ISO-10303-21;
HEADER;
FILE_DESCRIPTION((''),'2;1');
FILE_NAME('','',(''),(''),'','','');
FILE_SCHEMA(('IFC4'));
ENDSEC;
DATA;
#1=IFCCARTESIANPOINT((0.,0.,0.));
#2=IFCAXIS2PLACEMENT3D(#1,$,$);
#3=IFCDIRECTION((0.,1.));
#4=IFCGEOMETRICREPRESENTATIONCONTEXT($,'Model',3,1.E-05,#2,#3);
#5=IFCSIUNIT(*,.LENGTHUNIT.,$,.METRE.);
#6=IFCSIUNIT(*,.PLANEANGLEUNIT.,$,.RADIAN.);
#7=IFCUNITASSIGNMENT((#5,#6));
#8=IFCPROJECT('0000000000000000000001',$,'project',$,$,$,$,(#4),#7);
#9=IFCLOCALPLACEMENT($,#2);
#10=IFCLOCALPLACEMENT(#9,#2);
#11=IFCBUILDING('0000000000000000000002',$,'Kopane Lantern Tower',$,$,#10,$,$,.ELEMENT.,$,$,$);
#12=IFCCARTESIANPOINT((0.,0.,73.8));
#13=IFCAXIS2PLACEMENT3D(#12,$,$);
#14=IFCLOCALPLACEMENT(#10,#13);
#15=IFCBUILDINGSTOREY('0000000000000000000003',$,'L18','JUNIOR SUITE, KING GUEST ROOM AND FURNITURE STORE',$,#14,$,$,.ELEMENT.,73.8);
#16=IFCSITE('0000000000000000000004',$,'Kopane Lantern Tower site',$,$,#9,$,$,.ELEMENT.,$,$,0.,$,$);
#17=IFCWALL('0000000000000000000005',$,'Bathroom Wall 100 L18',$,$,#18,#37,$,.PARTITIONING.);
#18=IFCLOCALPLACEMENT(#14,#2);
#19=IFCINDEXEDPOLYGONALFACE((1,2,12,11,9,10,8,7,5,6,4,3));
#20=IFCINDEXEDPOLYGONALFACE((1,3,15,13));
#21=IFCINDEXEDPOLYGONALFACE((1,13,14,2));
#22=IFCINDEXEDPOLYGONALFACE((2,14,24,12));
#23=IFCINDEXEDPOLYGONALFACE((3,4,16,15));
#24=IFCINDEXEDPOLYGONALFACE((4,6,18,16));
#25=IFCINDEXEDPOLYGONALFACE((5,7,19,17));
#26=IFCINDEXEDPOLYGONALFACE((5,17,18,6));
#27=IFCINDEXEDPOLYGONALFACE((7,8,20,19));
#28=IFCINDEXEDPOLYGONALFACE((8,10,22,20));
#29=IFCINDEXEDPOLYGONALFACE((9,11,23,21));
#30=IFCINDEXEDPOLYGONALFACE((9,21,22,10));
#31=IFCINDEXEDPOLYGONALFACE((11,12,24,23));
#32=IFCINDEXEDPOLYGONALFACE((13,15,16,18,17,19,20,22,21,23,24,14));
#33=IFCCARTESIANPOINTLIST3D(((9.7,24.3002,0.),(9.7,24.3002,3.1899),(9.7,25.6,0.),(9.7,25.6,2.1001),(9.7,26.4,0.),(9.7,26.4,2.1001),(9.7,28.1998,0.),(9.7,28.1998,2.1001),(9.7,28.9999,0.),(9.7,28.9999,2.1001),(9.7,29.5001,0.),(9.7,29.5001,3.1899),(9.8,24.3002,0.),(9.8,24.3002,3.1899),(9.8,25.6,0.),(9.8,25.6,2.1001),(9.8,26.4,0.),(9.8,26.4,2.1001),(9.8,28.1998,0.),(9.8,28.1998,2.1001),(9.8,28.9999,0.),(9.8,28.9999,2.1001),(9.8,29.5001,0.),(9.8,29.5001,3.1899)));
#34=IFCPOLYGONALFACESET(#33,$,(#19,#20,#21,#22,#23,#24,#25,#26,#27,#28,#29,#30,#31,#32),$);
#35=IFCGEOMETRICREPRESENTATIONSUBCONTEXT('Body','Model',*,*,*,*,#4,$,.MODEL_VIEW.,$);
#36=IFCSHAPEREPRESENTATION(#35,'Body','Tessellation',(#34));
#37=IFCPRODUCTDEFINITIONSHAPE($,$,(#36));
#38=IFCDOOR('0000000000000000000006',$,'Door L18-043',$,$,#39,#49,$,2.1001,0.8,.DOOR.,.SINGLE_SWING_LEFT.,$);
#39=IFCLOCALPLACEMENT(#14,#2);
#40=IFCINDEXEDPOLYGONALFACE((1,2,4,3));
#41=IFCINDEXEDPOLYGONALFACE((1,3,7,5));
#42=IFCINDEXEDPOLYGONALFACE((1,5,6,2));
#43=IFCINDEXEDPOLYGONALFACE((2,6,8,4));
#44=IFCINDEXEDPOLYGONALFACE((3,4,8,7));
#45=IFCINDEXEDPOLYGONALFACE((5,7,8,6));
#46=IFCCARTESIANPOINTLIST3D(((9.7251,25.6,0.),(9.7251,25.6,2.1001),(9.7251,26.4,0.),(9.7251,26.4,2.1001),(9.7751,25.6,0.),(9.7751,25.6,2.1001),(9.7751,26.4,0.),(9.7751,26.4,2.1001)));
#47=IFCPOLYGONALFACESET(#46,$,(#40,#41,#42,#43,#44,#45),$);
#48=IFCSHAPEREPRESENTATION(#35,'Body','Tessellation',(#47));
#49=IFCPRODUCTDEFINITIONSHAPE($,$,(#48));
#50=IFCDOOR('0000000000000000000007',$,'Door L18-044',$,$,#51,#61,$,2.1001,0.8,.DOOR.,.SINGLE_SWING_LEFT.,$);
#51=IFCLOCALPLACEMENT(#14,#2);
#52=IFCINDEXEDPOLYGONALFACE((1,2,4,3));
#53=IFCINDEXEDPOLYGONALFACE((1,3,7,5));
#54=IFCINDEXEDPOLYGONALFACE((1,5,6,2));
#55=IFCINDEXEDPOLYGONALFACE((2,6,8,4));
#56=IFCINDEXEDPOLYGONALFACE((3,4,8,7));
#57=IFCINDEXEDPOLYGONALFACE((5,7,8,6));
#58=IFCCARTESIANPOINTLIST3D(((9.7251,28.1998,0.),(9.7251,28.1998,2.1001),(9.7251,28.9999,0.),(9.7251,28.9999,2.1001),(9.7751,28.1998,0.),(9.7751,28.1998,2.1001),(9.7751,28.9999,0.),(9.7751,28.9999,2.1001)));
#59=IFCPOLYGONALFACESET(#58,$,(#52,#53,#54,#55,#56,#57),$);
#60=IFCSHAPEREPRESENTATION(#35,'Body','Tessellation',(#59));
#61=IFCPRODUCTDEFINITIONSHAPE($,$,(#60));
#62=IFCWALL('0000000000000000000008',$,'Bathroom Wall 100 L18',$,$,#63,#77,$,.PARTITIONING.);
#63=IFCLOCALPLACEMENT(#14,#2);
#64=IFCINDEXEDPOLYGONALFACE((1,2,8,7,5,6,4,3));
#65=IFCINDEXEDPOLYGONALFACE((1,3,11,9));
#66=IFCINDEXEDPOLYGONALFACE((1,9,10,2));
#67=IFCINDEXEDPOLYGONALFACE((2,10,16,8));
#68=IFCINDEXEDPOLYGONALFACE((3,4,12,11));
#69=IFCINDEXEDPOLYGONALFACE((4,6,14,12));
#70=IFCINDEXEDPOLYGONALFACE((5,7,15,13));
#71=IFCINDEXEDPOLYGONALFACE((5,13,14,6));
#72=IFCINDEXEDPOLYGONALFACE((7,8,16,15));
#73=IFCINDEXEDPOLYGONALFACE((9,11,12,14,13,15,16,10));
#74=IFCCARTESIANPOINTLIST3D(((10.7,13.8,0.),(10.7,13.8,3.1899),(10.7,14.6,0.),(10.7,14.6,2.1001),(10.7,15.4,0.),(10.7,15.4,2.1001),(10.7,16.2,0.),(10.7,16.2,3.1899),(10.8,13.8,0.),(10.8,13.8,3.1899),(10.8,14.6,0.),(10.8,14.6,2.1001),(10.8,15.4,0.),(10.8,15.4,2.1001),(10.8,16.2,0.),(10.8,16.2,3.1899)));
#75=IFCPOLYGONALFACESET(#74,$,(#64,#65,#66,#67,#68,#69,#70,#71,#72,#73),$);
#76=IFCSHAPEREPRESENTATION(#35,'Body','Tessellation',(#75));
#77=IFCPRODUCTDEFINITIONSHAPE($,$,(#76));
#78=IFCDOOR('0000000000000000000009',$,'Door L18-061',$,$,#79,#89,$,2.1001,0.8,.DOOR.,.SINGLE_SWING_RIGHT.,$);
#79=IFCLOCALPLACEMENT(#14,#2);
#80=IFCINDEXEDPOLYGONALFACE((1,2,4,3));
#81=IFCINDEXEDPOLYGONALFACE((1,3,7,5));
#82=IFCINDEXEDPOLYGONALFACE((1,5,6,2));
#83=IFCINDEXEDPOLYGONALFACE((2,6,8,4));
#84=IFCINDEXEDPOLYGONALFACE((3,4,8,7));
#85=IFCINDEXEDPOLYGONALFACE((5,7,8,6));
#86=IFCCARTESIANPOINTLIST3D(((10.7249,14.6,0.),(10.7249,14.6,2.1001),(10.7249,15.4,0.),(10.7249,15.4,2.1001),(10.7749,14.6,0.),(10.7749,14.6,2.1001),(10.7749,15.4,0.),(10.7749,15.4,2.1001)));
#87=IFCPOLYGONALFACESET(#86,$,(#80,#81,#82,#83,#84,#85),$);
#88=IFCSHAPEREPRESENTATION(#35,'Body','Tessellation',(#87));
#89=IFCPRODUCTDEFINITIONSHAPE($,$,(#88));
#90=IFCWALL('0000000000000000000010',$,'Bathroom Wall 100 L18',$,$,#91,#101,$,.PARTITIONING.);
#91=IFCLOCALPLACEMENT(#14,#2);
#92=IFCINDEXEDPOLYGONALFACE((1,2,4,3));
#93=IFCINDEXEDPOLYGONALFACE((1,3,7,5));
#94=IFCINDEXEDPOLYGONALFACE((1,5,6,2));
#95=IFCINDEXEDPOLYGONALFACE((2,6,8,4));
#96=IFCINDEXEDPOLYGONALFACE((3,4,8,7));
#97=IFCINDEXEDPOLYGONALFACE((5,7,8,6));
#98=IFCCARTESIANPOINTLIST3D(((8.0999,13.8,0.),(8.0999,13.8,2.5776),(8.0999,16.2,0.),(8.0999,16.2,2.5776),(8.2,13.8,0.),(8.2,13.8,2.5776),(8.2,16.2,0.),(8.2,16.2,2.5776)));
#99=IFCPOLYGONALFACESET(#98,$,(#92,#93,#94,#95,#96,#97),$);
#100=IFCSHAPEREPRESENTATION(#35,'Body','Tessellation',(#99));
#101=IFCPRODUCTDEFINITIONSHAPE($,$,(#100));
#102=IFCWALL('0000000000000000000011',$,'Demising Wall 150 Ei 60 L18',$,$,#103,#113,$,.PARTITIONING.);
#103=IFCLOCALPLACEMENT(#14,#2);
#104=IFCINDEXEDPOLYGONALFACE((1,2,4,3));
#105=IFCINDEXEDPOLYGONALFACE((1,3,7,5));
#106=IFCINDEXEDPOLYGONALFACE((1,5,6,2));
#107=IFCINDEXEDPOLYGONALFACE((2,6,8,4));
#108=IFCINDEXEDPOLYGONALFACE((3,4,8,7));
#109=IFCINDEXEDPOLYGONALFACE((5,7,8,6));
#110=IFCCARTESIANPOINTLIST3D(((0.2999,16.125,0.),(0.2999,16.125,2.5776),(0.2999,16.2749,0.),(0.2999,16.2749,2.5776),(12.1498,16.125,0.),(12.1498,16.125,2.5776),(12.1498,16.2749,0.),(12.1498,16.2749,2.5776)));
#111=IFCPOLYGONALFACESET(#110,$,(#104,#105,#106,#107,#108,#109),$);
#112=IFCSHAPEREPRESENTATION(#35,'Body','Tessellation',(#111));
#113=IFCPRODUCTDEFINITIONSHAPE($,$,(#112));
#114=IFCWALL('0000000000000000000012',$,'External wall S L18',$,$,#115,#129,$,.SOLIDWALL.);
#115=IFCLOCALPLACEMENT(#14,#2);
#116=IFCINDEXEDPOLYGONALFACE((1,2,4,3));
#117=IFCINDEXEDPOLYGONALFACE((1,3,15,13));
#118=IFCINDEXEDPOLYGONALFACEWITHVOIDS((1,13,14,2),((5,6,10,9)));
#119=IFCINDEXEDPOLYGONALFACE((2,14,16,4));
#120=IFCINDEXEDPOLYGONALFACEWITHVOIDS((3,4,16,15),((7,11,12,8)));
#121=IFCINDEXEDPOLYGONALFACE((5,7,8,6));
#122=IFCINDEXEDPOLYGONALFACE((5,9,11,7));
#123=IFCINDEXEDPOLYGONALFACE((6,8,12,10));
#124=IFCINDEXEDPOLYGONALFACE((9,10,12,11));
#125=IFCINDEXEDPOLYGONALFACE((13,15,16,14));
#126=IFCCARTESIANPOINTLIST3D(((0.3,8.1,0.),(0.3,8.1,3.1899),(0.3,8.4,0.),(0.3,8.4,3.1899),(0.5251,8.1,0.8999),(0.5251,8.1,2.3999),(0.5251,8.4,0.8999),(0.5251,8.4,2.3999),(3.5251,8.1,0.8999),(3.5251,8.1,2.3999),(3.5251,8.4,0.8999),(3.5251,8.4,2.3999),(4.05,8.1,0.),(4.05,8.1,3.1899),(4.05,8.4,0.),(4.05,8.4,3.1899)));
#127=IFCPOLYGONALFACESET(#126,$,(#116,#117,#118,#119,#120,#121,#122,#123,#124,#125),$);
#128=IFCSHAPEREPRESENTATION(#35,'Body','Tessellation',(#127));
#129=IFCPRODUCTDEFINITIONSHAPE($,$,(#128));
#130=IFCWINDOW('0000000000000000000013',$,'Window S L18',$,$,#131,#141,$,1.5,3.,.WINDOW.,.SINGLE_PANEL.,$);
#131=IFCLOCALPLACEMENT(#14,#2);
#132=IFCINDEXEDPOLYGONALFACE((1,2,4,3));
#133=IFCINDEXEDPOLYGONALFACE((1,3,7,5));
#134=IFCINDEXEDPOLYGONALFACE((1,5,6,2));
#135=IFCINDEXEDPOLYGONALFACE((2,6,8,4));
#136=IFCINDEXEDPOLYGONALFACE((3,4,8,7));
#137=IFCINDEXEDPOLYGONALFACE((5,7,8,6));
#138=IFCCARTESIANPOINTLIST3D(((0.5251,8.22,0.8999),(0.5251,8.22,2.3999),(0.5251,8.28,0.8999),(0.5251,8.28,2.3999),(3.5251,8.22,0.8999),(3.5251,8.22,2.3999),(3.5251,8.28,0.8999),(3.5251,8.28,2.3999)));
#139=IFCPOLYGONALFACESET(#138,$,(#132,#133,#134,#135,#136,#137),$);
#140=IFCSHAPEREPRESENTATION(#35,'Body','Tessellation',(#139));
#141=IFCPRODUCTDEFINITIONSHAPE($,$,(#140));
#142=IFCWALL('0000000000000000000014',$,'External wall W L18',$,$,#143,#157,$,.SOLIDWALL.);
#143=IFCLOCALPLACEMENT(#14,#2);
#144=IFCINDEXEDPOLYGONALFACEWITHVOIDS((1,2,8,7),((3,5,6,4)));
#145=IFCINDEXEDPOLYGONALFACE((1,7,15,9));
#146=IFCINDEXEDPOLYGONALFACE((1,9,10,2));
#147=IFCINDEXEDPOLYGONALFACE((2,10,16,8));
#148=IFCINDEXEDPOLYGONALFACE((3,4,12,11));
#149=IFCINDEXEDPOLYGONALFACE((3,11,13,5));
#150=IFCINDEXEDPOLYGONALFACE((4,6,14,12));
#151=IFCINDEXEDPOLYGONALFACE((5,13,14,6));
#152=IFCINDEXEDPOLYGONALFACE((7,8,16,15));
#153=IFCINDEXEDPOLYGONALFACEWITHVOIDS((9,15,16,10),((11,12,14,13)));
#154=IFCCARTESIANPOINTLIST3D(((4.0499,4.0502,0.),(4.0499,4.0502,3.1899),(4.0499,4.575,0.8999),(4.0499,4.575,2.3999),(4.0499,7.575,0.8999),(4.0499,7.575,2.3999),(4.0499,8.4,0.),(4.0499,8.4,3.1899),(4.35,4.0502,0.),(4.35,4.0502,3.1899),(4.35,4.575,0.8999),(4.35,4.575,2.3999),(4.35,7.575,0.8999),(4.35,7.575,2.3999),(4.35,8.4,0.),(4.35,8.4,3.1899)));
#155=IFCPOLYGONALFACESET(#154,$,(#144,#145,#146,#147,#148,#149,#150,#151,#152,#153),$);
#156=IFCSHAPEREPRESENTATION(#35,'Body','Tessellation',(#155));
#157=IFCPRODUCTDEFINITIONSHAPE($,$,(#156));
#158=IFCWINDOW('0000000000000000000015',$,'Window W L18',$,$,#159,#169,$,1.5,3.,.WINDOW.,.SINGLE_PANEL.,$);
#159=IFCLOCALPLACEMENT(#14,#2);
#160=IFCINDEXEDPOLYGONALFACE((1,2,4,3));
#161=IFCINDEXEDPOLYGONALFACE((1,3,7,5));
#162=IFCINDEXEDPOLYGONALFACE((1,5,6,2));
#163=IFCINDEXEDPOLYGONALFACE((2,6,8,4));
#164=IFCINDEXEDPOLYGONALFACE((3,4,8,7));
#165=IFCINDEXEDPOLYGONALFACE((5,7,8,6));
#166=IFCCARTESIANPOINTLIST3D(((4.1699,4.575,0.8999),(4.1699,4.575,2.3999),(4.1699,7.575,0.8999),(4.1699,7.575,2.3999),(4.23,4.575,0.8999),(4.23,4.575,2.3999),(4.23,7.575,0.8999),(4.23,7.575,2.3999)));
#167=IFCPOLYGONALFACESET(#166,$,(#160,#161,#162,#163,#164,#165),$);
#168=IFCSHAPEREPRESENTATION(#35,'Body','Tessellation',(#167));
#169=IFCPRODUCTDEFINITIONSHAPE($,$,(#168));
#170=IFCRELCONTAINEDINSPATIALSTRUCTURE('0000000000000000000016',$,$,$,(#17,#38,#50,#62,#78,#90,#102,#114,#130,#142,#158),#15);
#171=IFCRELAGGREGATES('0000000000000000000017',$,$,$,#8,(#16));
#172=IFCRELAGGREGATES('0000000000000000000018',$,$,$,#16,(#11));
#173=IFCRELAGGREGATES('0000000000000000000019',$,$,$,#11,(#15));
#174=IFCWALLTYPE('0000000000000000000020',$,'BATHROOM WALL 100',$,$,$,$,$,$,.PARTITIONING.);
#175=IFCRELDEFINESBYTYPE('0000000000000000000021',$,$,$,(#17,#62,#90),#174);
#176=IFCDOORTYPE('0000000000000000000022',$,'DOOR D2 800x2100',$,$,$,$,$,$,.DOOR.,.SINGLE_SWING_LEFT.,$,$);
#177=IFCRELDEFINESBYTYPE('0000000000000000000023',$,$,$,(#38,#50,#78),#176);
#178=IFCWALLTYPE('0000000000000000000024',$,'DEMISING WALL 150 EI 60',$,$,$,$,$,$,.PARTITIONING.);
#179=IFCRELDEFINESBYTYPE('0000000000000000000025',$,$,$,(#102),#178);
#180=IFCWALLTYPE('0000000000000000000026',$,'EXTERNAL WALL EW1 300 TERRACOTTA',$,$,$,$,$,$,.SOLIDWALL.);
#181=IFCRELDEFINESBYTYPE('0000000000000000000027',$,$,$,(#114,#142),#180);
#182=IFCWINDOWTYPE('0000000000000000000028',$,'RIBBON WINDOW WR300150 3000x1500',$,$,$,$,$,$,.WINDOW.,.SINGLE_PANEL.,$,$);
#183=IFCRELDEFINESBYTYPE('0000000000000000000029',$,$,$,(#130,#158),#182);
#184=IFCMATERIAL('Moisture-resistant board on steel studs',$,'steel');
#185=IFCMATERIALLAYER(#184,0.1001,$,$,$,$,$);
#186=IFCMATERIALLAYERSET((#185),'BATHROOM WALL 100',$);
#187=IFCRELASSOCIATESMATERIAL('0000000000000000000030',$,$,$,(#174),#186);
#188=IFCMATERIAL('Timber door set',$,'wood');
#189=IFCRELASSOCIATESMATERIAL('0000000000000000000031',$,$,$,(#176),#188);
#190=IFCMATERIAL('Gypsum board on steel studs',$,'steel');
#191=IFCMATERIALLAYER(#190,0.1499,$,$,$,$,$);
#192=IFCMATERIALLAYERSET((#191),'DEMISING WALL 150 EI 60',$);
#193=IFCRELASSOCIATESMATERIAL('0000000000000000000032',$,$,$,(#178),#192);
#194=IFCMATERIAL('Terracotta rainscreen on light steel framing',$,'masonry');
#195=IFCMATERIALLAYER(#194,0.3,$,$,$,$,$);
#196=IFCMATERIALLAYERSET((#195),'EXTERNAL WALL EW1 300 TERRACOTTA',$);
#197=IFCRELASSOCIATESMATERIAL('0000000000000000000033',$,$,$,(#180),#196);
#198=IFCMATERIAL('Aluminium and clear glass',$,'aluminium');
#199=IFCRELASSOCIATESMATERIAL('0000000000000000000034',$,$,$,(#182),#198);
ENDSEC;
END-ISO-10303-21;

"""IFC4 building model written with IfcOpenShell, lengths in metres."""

from ifc_helpers import new_model, si_unit, direction, frame, frame_2d, origin, place, context, subcontext, project, spatial, rectangle, extrude, material, layer, layer_set, type_object, element, fill, save


model = new_model("IFC4")

# Units and contexts
model_context = context("Model", 3, precision=1e-05, world=origin(), true_north=direction((0.0, 1.0)))
body_context = subcontext(model_context, "Body", "Model", "MODEL_VIEW")
ifc_project = project(units=[si_unit("LENGTHUNIT", "METRE"), si_unit("PLANEANGLEUNIT", "RADIAN")], contexts=[model_context])

# Site, building, storey
site_placement = place(None, origin())
site = spatial("IfcSite", under=ifc_project, at=site_placement, Name="Kopane Lantern Tower site", CompositionType="ELEMENT", RefElevation=0.0)
building_placement = place(site_placement, origin())
building = spatial("IfcBuilding", under=site, at=building_placement, Name="Kopane Lantern Tower", CompositionType="ELEMENT")
storey_placement = place(building_placement, frame((0.0, 0.0, 73.8)))
storey = spatial("IfcBuildingStorey", under=building, at=storey_placement, Name="L18", Description="JUNIOR SUITE, KING GUEST ROOM AND FURNITURE STORE", CompositionType="ELEMENT", Elevation=73.8)

# Shared definitions
ifc_material_1 = material(Name="Moisture-resistant board on steel studs", Category="steel")
ifc_layer_1 = layer(ifc_material_1, 0.1001)
ifc_layer_set_1 = layer_set([ifc_layer_1], Name="BATHROOM WALL 100")
wall_type_1 = type_object("IfcWallType", Name="BATHROOM WALL 100", PredefinedType="PARTITIONING", material=ifc_layer_set_1)

# Wall, openings, doors
wall_1_placement = place(storey_placement, frame((9.75, 24.3, 0.0), z_axis=(0.0, 0.0, 1.0), x_axis=(0.0, 1.0, 0.0)))
wall_1 = element("IfcWall", 1, at=wall_1_placement, inside=storey, type_object=wall_type_1, Name="Bathroom Wall 100 L18", PredefinedType="PARTITIONING", context=body_context, shape_type="SweptSolid", body=[
    extrude(rectangle(XDim=5.2, YDim=0.1001, at=frame_2d((2.6001, 0.0))), origin(), (0.0, 0.0, 1.0), 3.1899),
])
opening_1_placement = place(wall_1_placement, frame((1.3, 0.0, 0.0)))
opening_1 = element("IfcOpeningElement", 2, at=opening_1_placement, cuts=wall_1, PredefinedType="OPENING", context=body_context, shape_type="SweptSolid", body=[
    extrude(rectangle(XDim=0.8, YDim=2.1001, at=frame_2d((0.3999, 1.05))), frame((0.0, 0.0601, 0.0), z_axis=(0.0, -1.0, 0.0), x_axis=(1.0, 0.0, 0.0)), (0.0, 0.0, 1.0), 0.1201),
])
opening_2_placement = place(wall_1_placement, frame((3.8999, 0.0, 0.0)))
opening_2 = element("IfcOpeningElement", 3, at=opening_2_placement, cuts=wall_1, PredefinedType="OPENING", context=body_context, shape_type="SweptSolid", body=[
    extrude(rectangle(XDim=0.8, YDim=2.1001, at=frame_2d((0.3999, 1.05))), frame((0.0, 0.0601, 0.0), z_axis=(0.0, -1.0, 0.0), x_axis=(1.0, 0.0, 0.0)), (0.0, 0.0, 1.0), 0.1201),
])
ifc_material_2 = material(Name="Timber door set", Category="wood")
door_type_1 = type_object("IfcDoorType", Name="DOOR D2 800x2100", OperationType="SINGLE_SWING_LEFT", PredefinedType="DOOR", material=ifc_material_2)
door_1_placement = place(opening_1_placement, origin())
door_1 = element("IfcDoor", 4, at=door_1_placement, inside=storey, type_object=door_type_1, Name="Door L18-043", OperationType="SINGLE_SWING_LEFT", OverallHeight=2.1001, OverallWidth=0.8, PredefinedType="DOOR", context=body_context, shape_type="SweptSolid", body=[
    extrude(rectangle(XDim=0.8, YDim=2.1001, at=frame_2d((0.3999, 1.05))), frame((0.0, 0.0249, 0.0), z_axis=(0.0, -1.0, 0.0), x_axis=(1.0, 0.0, 0.0)), (0.0, 0.0, 1.0), 0.05),
])
fill(opening_1, door_1)
door_2_placement = place(opening_2_placement, origin())
door_2 = element("IfcDoor", 5, at=door_2_placement, inside=storey, type_object=door_type_1, Name="Door L18-044", OperationType="SINGLE_SWING_LEFT", OverallHeight=2.1001, OverallWidth=0.8, PredefinedType="DOOR", context=body_context, shape_type="SweptSolid", body=[
    extrude(rectangle(XDim=0.8, YDim=2.1001, at=frame_2d((0.3999, 1.05))), frame((0.0, 0.0249, 0.0), z_axis=(0.0, -1.0, 0.0), x_axis=(1.0, 0.0, 0.0)), (0.0, 0.0, 1.0), 0.05),
])
fill(opening_2, door_2)

# Wall, opening, door
wall_2_placement = place(storey_placement, frame((10.75, 16.2, 0.0), z_axis=(0.0, 0.0, 1.0), x_axis=(0.0, -1.0, 0.0)))
wall_2 = element("IfcWall", 6, at=wall_2_placement, inside=storey, type_object=wall_type_1, Name="Bathroom Wall 100 L18", PredefinedType="PARTITIONING", context=body_context, shape_type="SweptSolid", body=[
    extrude(rectangle(XDim=2.3999, YDim=0.1001, at=frame_2d((1.2, 0.0))), origin(), (0.0, 0.0, 1.0), 3.1899),
])
opening_3_placement = place(wall_2_placement, frame((0.8, 0.0, 0.0)))
opening_3 = element("IfcOpeningElement", 7, at=opening_3_placement, cuts=wall_2, PredefinedType="OPENING", context=body_context, shape_type="SweptSolid", body=[
    extrude(rectangle(XDim=0.8, YDim=2.1001, at=frame_2d((0.3999, 1.05))), frame((0.0, 0.0601, 0.0), z_axis=(0.0, -1.0, 0.0), x_axis=(1.0, 0.0, 0.0)), (0.0, 0.0, 1.0), 0.1201),
])
door_3_placement = place(opening_3_placement, origin())
door_3 = element("IfcDoor", 8, at=door_3_placement, inside=storey, type_object=door_type_1, Name="Door L18-061", OperationType="SINGLE_SWING_RIGHT", OverallHeight=2.1001, OverallWidth=0.8, PredefinedType="DOOR", context=body_context, shape_type="SweptSolid", body=[
    extrude(rectangle(XDim=0.8, YDim=2.1001, at=frame_2d((0.3999, 1.05))), frame((0.0, 0.0249, 0.0), z_axis=(0.0, -1.0, 0.0), x_axis=(1.0, 0.0, 0.0)), (0.0, 0.0, 1.0), 0.05),
])
fill(opening_3, door_3)

# Walls
wall_3_placement = place(storey_placement, frame((8.1499, 16.2, 0.0), z_axis=(0.0, 0.0, 1.0), x_axis=(0.0, -1.0, 0.0)))
element("IfcWall", 9, at=wall_3_placement, inside=storey, type_object=wall_type_1, Name="Bathroom Wall 100 L18", PredefinedType="PARTITIONING", context=body_context, shape_type="SweptSolid", body=[
    extrude(rectangle(XDim=2.3999, YDim=0.1001, at=frame_2d((1.2, 0.0))), origin(), (0.0, 0.0, 1.0), 2.5776),
])
ifc_material_3 = material(Name="Gypsum board on steel studs", Category="steel")
ifc_layer_2 = layer(ifc_material_3, 0.1499)
ifc_layer_set_2 = layer_set([ifc_layer_2], Name="DEMISING WALL 150 EI 60")
wall_type_2 = type_object("IfcWallType", Name="DEMISING WALL 150 EI 60", PredefinedType="PARTITIONING", material=ifc_layer_set_2)
wall_4_placement = place(storey_placement, frame((0.3, 16.2, 0.0), z_axis=(0.0, 0.0, 1.0), x_axis=(1.0, 0.0, 0.0)))
element("IfcWall", 10, at=wall_4_placement, inside=storey, type_object=wall_type_2, Name="Demising Wall 150 Ei 60 L18", PredefinedType="PARTITIONING", context=body_context, shape_type="SweptSolid", body=[
    extrude(rectangle(XDim=11.8499, YDim=0.1499, at=frame_2d((5.9248, 0.0))), origin(), (0.0, 0.0, 1.0), 2.5776),
])

# Walls, openings, windows
ifc_material_4 = material(Name="Terracotta rainscreen on light steel framing", Category="masonry")
ifc_layer_3 = layer(ifc_material_4, 0.3)
ifc_layer_set_3 = layer_set([ifc_layer_3], Name="EXTERNAL WALL EW1 300 TERRACOTTA")
wall_type_3 = type_object("IfcWallType", Name="EXTERNAL WALL EW1 300 TERRACOTTA", PredefinedType="SOLIDWALL", material=ifc_layer_set_3)
wall_5_placement = place(storey_placement, frame((0.3, 8.25, 0.0), z_axis=(0.0, 0.0, 1.0), x_axis=(1.0, 0.0, 0.0)))
wall_5 = element("IfcWall", 11, at=wall_5_placement, inside=storey, type_object=wall_type_3, Name="External wall S L18", PredefinedType="SOLIDWALL", context=body_context, shape_type="SweptSolid", body=[
    extrude(rectangle(XDim=3.75, YDim=0.3, at=frame_2d((1.875, 0.0))), origin(), (0.0, 0.0, 1.0), 3.1899),
])
opening_4_placement = place(wall_5_placement, frame((0.2251, 0.0, 0.8999)))
opening_4 = element("IfcOpeningElement", 12, at=opening_4_placement, cuts=wall_5, PredefinedType="OPENING", context=body_context, shape_type="SweptSolid", body=[
    extrude(rectangle(XDim=3.0, YDim=1.5, at=frame_2d((1.5, 0.75))), frame((0.0, 0.1599, 0.0), z_axis=(0.0, -1.0, 0.0), x_axis=(1.0, 0.0, 0.0)), (0.0, 0.0, 1.0), 0.3201),
])
ifc_material_5 = material(Name="Aluminium and clear glass", Category="aluminium")
window_type = type_object("IfcWindowType", Name="RIBBON WINDOW WR300150 3000x1500", PartitioningType="SINGLE_PANEL", PredefinedType="WINDOW", material=ifc_material_5)
window_1_placement = place(opening_4_placement, origin())
window_1 = element("IfcWindow", 13, at=window_1_placement, inside=storey, type_object=window_type, Name="Window S L18", OverallHeight=1.5, OverallWidth=3.0, PartitioningType="SINGLE_PANEL", PredefinedType="WINDOW", context=body_context, shape_type="SweptSolid", body=[
    extrude(rectangle(XDim=3.0, YDim=1.5, at=frame_2d((1.5, 0.75))), frame((0.0, 0.03, 0.0), z_axis=(0.0, -1.0, 0.0), x_axis=(1.0, 0.0, 0.0)), (0.0, 0.0, 1.0), 0.0601),
])
fill(opening_4, window_1)
wall_6_placement = place(storey_placement, frame((4.2, 8.3999, 0.0), z_axis=(0.0, 0.0, 1.0), x_axis=(0.0, -1.0, 0.0)))
wall_6 = element("IfcWall", 14, at=wall_6_placement, inside=storey, type_object=wall_type_3, Name="External wall W L18", PredefinedType="SOLIDWALL", context=body_context, shape_type="SweptSolid", body=[
    extrude(rectangle(XDim=4.3499, YDim=0.3, at=frame_2d((2.1748, 0.0))), origin(), (0.0, 0.0, 1.0), 3.1899),
])
opening_5_placement = place(wall_6_placement, frame((0.825, 0.0, 0.8999)))
opening_5 = element("IfcOpeningElement", 15, at=opening_5_placement, cuts=wall_6, PredefinedType="OPENING", context=body_context, shape_type="SweptSolid", body=[
    extrude(rectangle(XDim=3.0, YDim=1.5, at=frame_2d((1.5, 0.75))), frame((0.0, 0.1599, 0.0), z_axis=(0.0, -1.0, 0.0), x_axis=(1.0, 0.0, 0.0)), (0.0, 0.0, 1.0), 0.3201),
])
window_2_placement = place(opening_5_placement, origin())
window_2 = element("IfcWindow", 16, at=window_2_placement, inside=storey, type_object=window_type, Name="Window W L18", OverallHeight=1.5, OverallWidth=3.0, PartitioningType="SINGLE_PANEL", PredefinedType="WINDOW", context=body_context, shape_type="SweptSolid", body=[
    extrude(rectangle(XDim=3.0, YDim=1.5, at=frame_2d((1.5, 0.75))), frame((0.0, 0.03, 0.0), z_axis=(0.0, -1.0, 0.0), x_axis=(1.0, 0.0, 0.0)), (0.0, 0.0, 1.0), 0.0601),
])
fill(opening_5, window_2)

save(model, "model.ifc")
